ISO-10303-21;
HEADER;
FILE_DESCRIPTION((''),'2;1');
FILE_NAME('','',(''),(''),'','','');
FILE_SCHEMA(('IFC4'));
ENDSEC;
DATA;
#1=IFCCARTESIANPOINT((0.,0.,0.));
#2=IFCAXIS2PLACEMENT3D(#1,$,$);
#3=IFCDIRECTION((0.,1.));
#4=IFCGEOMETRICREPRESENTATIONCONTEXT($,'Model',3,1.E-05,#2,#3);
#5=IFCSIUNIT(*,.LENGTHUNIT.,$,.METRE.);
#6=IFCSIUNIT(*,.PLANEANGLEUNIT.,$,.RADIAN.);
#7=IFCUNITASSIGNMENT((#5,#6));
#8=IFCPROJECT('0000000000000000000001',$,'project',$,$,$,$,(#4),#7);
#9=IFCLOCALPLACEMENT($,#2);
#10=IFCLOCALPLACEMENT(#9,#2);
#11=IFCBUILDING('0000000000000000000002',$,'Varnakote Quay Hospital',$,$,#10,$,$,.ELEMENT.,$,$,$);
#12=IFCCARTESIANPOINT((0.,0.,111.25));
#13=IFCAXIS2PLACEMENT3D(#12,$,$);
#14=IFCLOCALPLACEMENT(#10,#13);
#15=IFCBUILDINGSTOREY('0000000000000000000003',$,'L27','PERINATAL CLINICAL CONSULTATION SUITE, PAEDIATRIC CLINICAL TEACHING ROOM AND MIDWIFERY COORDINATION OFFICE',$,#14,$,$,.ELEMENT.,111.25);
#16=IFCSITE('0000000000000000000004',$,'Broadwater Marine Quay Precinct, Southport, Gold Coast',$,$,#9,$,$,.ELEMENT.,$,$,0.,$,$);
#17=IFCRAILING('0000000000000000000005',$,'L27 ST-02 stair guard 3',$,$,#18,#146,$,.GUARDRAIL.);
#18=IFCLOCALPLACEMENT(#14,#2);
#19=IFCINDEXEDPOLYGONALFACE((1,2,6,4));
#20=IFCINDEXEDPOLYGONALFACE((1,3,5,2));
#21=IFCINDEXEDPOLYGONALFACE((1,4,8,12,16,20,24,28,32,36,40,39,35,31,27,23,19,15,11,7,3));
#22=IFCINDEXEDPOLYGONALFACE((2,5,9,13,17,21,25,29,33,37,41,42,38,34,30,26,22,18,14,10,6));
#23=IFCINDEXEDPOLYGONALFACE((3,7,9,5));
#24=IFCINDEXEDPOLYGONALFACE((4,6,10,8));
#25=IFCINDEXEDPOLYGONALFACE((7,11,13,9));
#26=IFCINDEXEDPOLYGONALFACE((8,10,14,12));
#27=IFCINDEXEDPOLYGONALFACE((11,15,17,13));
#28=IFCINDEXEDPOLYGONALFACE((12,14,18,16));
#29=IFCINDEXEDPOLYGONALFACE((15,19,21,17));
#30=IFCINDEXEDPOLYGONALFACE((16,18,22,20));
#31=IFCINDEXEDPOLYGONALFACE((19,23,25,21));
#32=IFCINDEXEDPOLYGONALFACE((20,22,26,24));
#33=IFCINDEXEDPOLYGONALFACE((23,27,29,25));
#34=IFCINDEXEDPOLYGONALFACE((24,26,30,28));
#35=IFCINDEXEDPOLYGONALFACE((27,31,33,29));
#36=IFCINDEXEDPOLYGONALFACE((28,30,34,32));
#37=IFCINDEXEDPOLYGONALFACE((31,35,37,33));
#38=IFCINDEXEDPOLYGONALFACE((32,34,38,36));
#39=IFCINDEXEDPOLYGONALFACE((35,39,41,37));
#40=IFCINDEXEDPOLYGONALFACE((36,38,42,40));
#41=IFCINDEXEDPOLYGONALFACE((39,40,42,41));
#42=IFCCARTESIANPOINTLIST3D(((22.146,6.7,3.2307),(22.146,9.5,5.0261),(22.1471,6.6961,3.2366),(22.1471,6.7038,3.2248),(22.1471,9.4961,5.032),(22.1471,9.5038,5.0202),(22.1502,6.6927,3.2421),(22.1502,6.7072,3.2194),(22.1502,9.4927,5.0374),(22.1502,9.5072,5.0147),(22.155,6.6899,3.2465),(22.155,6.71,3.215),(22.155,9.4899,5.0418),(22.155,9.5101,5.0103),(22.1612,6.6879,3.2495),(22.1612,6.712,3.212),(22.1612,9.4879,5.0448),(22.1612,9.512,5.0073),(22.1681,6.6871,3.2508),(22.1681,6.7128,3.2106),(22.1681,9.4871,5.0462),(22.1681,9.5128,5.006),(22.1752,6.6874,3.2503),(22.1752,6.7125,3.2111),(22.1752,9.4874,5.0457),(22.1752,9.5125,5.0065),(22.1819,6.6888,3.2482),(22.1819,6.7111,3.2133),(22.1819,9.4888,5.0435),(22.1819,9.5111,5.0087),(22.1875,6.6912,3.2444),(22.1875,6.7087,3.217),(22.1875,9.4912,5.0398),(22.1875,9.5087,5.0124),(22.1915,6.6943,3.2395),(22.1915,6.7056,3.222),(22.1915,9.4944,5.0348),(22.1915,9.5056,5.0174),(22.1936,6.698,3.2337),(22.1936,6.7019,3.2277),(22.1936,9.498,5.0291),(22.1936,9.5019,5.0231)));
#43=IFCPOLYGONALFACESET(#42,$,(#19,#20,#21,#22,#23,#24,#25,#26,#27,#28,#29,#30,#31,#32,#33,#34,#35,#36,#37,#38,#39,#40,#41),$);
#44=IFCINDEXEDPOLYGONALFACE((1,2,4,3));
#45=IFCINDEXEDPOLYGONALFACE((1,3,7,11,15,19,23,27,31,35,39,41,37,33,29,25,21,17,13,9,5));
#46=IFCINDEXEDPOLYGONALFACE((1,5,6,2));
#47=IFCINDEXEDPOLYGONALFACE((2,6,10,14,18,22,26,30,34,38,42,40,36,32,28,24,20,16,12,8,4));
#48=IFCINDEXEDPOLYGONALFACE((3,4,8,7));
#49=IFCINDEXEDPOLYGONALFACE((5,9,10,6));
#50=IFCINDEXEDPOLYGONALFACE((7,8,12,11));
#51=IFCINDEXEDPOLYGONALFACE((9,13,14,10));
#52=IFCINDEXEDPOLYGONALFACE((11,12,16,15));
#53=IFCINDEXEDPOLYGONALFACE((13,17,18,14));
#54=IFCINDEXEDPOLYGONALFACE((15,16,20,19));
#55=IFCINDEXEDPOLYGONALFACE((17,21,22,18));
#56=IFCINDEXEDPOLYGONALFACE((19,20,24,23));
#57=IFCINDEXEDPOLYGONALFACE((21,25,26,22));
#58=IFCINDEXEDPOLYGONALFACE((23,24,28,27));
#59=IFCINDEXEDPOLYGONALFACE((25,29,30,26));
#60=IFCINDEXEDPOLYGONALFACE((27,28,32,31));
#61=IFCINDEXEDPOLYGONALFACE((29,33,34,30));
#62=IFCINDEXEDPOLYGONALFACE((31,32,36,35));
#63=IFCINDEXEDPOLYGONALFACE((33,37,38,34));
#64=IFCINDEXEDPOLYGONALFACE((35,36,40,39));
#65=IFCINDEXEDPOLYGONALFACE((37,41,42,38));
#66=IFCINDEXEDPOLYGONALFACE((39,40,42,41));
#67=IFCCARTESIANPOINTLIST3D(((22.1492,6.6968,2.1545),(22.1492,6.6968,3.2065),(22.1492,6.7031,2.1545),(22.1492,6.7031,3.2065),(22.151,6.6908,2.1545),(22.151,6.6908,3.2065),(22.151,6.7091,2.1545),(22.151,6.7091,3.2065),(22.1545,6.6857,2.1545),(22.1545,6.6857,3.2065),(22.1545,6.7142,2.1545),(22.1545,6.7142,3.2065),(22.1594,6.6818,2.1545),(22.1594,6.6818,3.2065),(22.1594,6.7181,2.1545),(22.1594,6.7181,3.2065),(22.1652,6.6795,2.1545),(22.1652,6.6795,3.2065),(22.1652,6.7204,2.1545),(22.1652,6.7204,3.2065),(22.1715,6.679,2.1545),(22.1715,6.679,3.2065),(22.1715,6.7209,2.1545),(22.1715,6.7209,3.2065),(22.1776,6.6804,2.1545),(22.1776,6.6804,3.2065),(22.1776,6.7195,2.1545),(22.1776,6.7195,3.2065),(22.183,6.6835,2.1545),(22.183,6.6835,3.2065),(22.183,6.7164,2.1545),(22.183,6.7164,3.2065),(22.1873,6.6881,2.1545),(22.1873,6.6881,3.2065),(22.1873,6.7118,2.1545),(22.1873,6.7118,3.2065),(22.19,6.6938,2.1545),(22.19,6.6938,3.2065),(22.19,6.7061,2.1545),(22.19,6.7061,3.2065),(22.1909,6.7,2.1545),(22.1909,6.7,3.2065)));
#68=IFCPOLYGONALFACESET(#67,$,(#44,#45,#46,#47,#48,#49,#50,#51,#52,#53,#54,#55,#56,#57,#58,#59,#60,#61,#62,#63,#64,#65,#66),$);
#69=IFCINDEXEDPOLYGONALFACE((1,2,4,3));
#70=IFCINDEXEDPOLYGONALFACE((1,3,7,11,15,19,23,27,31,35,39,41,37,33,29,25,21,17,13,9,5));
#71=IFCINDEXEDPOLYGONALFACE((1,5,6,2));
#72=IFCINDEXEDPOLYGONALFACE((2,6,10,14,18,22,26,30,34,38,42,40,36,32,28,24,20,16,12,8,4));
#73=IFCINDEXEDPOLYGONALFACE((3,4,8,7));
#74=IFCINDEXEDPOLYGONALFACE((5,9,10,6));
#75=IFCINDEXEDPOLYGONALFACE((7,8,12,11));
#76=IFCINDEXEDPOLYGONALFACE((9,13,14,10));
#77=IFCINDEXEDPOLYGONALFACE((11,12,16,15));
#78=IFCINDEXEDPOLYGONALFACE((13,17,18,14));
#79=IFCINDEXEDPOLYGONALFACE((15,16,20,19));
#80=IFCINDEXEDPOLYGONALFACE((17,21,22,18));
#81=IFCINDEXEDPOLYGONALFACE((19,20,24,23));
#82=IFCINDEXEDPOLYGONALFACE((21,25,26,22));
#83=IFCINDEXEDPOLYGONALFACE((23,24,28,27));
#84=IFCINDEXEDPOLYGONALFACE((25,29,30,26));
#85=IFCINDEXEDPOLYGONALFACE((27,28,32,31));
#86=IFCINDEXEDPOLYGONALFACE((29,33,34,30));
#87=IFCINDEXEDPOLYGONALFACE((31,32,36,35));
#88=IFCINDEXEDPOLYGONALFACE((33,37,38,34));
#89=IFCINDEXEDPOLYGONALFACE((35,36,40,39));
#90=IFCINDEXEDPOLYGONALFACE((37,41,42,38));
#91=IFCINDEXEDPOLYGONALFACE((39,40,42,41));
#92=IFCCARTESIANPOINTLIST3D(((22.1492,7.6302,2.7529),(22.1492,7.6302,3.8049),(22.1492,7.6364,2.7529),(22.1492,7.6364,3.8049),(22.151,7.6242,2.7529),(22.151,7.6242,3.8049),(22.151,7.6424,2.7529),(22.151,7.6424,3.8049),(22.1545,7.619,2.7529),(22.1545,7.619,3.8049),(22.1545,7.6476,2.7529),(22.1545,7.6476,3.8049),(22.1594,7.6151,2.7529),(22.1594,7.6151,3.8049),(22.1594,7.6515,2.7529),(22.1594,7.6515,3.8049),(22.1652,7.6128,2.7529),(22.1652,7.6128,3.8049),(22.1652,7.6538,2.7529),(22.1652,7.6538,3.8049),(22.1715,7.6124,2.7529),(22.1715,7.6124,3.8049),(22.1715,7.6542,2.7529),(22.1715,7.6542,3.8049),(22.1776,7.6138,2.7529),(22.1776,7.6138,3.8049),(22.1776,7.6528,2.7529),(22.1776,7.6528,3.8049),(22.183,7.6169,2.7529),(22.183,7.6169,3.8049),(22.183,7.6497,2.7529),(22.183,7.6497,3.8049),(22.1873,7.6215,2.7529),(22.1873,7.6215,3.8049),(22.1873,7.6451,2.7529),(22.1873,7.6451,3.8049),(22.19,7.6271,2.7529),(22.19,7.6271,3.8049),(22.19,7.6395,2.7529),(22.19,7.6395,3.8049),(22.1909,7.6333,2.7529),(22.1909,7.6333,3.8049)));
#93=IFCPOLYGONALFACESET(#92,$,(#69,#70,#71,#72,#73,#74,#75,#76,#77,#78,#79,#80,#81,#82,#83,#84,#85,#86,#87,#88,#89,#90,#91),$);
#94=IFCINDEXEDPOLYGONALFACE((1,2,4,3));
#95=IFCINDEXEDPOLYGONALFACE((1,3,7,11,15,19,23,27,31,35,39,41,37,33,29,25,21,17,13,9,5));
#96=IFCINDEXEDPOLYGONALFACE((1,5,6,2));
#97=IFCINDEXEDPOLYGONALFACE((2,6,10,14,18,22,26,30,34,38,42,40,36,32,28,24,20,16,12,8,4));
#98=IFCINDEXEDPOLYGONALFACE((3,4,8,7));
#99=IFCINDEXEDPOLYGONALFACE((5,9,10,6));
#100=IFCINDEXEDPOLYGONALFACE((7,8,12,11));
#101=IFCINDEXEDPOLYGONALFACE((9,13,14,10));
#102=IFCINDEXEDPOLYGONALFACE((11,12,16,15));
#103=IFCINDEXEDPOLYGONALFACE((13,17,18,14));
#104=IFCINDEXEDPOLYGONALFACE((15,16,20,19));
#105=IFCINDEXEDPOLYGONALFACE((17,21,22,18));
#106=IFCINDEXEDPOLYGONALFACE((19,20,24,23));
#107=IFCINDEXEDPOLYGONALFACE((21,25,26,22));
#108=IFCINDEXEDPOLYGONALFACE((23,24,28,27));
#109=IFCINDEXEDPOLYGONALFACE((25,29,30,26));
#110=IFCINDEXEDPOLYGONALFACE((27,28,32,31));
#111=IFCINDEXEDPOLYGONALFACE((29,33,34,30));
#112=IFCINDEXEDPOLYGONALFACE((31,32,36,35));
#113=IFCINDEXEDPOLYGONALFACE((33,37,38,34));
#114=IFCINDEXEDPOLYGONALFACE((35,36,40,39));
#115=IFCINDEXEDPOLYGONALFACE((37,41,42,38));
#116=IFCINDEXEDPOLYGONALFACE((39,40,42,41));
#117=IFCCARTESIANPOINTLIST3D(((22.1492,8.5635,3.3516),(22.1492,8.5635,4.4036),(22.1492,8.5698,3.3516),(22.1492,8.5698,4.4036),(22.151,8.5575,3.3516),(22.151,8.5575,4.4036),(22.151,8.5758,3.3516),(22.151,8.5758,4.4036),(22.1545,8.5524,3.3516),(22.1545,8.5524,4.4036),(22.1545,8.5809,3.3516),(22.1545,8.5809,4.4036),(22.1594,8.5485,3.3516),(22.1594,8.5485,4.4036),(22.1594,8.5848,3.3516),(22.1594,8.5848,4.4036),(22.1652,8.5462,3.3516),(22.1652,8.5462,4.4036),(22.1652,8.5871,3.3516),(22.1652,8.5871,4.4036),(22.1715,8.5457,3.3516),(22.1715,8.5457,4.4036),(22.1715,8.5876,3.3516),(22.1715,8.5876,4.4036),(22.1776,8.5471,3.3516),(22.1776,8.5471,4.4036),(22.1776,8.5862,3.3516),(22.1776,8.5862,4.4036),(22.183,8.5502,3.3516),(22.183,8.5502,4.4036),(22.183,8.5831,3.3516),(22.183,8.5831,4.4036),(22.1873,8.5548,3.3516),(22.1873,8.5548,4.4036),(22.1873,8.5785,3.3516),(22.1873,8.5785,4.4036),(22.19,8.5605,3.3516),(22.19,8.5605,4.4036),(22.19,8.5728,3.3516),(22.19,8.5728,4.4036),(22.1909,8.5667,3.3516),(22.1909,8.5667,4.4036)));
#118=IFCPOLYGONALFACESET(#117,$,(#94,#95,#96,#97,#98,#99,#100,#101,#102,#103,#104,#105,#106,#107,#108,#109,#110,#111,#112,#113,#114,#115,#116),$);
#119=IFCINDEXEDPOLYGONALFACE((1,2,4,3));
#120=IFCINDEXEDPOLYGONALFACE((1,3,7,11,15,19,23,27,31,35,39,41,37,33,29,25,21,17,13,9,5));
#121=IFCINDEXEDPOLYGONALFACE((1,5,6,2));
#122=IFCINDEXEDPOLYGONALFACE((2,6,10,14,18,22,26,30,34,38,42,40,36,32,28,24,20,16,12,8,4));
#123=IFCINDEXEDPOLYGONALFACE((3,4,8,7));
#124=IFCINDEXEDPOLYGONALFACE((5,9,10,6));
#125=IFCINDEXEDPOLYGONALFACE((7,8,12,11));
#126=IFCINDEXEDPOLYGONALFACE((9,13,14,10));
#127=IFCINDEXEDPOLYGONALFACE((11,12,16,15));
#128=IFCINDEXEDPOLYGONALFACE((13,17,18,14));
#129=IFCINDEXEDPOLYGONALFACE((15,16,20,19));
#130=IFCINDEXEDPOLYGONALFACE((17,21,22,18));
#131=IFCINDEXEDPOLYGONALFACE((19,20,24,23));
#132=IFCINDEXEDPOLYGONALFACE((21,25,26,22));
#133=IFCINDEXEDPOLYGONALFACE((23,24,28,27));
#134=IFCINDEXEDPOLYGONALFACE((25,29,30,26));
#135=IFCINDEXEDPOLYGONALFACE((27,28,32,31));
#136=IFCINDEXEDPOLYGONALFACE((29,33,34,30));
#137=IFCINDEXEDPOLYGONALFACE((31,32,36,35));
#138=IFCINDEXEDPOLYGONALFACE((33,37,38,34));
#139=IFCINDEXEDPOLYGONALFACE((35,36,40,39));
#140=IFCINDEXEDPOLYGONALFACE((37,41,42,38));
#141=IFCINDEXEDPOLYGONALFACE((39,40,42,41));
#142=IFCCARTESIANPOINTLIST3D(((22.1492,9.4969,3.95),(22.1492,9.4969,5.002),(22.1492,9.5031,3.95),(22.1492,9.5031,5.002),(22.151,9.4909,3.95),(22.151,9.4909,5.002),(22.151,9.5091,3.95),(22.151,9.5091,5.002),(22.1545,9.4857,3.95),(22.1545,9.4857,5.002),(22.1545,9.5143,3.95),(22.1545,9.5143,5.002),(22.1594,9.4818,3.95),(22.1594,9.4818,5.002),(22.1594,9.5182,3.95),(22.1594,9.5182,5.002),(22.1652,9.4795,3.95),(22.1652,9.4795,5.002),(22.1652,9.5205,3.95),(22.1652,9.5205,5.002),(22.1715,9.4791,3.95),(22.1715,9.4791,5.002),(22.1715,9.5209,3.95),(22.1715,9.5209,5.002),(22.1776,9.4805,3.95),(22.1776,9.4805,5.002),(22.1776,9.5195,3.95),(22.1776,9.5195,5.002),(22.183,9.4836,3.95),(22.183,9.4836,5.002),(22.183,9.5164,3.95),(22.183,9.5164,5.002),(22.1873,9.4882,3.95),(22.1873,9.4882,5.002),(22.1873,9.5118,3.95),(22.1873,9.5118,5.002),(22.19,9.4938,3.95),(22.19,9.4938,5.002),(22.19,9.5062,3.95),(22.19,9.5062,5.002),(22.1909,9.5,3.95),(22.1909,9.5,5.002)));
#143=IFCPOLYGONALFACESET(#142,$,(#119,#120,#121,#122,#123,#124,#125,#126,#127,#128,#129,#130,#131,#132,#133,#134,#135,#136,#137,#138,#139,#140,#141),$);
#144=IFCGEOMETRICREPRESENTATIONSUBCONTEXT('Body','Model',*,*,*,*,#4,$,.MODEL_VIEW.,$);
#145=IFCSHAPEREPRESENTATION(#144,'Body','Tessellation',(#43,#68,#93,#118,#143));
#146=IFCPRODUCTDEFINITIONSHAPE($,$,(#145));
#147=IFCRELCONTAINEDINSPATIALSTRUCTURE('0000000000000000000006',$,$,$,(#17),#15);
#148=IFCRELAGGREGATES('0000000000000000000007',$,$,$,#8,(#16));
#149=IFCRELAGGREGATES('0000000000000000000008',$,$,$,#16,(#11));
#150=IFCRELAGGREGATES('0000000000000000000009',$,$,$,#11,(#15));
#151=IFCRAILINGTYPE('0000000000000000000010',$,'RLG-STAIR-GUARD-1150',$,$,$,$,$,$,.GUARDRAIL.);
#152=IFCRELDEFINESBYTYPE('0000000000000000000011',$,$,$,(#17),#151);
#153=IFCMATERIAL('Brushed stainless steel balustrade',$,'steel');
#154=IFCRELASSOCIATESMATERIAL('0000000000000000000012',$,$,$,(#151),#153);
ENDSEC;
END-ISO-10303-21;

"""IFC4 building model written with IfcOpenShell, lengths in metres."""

from ifc_helpers import new_model, si_unit, direction, frame, origin, origin_2d, place, context, subcontext, project, spatial, circle, extrude, material, type_object, element, save


model = new_model("IFC4")

# Units and contexts
model_context = context("Model", 3, precision=1e-05, world=origin(), true_north=direction((0.0, 1.0)))
body_context = subcontext(model_context, "Body", "Model", "MODEL_VIEW")
ifc_project = project(units=[si_unit("LENGTHUNIT", "METRE"), si_unit("PLANEANGLEUNIT", "RADIAN")], contexts=[model_context])

# Site, building, storey
site_placement = place(None, origin())
site = spatial("IfcSite", under=ifc_project, at=site_placement, Name="Broadwater Marine Quay Precinct, Southport, Gold Coast", CompositionType="ELEMENT", RefElevation=0.0)
building_placement = place(site_placement, origin())
building = spatial("IfcBuilding", under=site, at=building_placement, Name="Varnakote Quay Hospital", CompositionType="ELEMENT")
storey_placement = place(building_placement, frame((0.0, 0.0, 111.25)))
storey = spatial("IfcBuildingStorey", under=building, at=storey_placement, Name="L27", Description="PERINATAL CLINICAL CONSULTATION SUITE, PAEDIATRIC CLINICAL TEACHING ROOM AND MIDWIFERY COORDINATION OFFICE", CompositionType="ELEMENT", Elevation=111.25)

# Railing
ifc_material_1 = material(Name="Brushed stainless steel balustrade", Category="steel")
railing_type_1 = type_object("IfcRailingType", Name="RLG-STAIR-GUARD-1150", PredefinedType="GUARDRAIL", material=ifc_material_1)
railing_1_placement = place(storey_placement, frame((22.1699, 6.7, 2.1545)))
element("IfcRailing", 1, at=railing_1_placement, inside=storey, type_object=railing_type_1, Name="L27 ST-02 stair guard 3", PredefinedType="GUARDRAIL", context=body_context, shape_type="SweptSolid", body=[
    extrude(circle(Radius=0.0239, at=origin_2d()), frame((0.0, 0.0, 1.0762), z_axis=(0.0, 0.84181, 0.539774), x_axis=(-1.0, 0.0, 0.0)), (0.0, 0.0, 1.0), 3.3262),
    extrude(circle(Radius=0.021, at=origin_2d()), origin(), (0.0, 0.0, 1.0), 1.052),
    extrude(circle(Radius=0.021, at=origin_2d()), frame((0.0, 0.9333, 0.5984)), (0.0, 0.0, 1.0), 1.052),
    extrude(circle(Radius=0.021, at=origin_2d()), frame((0.0, 1.8667, 1.197)), (0.0, 0.0, 1.0), 1.052),
    extrude(circle(Radius=0.021, at=origin_2d()), frame((0.0, 2.8, 1.7954)), (0.0, 0.0, 1.0), 1.052),
])

save(model, "model.ifc")
